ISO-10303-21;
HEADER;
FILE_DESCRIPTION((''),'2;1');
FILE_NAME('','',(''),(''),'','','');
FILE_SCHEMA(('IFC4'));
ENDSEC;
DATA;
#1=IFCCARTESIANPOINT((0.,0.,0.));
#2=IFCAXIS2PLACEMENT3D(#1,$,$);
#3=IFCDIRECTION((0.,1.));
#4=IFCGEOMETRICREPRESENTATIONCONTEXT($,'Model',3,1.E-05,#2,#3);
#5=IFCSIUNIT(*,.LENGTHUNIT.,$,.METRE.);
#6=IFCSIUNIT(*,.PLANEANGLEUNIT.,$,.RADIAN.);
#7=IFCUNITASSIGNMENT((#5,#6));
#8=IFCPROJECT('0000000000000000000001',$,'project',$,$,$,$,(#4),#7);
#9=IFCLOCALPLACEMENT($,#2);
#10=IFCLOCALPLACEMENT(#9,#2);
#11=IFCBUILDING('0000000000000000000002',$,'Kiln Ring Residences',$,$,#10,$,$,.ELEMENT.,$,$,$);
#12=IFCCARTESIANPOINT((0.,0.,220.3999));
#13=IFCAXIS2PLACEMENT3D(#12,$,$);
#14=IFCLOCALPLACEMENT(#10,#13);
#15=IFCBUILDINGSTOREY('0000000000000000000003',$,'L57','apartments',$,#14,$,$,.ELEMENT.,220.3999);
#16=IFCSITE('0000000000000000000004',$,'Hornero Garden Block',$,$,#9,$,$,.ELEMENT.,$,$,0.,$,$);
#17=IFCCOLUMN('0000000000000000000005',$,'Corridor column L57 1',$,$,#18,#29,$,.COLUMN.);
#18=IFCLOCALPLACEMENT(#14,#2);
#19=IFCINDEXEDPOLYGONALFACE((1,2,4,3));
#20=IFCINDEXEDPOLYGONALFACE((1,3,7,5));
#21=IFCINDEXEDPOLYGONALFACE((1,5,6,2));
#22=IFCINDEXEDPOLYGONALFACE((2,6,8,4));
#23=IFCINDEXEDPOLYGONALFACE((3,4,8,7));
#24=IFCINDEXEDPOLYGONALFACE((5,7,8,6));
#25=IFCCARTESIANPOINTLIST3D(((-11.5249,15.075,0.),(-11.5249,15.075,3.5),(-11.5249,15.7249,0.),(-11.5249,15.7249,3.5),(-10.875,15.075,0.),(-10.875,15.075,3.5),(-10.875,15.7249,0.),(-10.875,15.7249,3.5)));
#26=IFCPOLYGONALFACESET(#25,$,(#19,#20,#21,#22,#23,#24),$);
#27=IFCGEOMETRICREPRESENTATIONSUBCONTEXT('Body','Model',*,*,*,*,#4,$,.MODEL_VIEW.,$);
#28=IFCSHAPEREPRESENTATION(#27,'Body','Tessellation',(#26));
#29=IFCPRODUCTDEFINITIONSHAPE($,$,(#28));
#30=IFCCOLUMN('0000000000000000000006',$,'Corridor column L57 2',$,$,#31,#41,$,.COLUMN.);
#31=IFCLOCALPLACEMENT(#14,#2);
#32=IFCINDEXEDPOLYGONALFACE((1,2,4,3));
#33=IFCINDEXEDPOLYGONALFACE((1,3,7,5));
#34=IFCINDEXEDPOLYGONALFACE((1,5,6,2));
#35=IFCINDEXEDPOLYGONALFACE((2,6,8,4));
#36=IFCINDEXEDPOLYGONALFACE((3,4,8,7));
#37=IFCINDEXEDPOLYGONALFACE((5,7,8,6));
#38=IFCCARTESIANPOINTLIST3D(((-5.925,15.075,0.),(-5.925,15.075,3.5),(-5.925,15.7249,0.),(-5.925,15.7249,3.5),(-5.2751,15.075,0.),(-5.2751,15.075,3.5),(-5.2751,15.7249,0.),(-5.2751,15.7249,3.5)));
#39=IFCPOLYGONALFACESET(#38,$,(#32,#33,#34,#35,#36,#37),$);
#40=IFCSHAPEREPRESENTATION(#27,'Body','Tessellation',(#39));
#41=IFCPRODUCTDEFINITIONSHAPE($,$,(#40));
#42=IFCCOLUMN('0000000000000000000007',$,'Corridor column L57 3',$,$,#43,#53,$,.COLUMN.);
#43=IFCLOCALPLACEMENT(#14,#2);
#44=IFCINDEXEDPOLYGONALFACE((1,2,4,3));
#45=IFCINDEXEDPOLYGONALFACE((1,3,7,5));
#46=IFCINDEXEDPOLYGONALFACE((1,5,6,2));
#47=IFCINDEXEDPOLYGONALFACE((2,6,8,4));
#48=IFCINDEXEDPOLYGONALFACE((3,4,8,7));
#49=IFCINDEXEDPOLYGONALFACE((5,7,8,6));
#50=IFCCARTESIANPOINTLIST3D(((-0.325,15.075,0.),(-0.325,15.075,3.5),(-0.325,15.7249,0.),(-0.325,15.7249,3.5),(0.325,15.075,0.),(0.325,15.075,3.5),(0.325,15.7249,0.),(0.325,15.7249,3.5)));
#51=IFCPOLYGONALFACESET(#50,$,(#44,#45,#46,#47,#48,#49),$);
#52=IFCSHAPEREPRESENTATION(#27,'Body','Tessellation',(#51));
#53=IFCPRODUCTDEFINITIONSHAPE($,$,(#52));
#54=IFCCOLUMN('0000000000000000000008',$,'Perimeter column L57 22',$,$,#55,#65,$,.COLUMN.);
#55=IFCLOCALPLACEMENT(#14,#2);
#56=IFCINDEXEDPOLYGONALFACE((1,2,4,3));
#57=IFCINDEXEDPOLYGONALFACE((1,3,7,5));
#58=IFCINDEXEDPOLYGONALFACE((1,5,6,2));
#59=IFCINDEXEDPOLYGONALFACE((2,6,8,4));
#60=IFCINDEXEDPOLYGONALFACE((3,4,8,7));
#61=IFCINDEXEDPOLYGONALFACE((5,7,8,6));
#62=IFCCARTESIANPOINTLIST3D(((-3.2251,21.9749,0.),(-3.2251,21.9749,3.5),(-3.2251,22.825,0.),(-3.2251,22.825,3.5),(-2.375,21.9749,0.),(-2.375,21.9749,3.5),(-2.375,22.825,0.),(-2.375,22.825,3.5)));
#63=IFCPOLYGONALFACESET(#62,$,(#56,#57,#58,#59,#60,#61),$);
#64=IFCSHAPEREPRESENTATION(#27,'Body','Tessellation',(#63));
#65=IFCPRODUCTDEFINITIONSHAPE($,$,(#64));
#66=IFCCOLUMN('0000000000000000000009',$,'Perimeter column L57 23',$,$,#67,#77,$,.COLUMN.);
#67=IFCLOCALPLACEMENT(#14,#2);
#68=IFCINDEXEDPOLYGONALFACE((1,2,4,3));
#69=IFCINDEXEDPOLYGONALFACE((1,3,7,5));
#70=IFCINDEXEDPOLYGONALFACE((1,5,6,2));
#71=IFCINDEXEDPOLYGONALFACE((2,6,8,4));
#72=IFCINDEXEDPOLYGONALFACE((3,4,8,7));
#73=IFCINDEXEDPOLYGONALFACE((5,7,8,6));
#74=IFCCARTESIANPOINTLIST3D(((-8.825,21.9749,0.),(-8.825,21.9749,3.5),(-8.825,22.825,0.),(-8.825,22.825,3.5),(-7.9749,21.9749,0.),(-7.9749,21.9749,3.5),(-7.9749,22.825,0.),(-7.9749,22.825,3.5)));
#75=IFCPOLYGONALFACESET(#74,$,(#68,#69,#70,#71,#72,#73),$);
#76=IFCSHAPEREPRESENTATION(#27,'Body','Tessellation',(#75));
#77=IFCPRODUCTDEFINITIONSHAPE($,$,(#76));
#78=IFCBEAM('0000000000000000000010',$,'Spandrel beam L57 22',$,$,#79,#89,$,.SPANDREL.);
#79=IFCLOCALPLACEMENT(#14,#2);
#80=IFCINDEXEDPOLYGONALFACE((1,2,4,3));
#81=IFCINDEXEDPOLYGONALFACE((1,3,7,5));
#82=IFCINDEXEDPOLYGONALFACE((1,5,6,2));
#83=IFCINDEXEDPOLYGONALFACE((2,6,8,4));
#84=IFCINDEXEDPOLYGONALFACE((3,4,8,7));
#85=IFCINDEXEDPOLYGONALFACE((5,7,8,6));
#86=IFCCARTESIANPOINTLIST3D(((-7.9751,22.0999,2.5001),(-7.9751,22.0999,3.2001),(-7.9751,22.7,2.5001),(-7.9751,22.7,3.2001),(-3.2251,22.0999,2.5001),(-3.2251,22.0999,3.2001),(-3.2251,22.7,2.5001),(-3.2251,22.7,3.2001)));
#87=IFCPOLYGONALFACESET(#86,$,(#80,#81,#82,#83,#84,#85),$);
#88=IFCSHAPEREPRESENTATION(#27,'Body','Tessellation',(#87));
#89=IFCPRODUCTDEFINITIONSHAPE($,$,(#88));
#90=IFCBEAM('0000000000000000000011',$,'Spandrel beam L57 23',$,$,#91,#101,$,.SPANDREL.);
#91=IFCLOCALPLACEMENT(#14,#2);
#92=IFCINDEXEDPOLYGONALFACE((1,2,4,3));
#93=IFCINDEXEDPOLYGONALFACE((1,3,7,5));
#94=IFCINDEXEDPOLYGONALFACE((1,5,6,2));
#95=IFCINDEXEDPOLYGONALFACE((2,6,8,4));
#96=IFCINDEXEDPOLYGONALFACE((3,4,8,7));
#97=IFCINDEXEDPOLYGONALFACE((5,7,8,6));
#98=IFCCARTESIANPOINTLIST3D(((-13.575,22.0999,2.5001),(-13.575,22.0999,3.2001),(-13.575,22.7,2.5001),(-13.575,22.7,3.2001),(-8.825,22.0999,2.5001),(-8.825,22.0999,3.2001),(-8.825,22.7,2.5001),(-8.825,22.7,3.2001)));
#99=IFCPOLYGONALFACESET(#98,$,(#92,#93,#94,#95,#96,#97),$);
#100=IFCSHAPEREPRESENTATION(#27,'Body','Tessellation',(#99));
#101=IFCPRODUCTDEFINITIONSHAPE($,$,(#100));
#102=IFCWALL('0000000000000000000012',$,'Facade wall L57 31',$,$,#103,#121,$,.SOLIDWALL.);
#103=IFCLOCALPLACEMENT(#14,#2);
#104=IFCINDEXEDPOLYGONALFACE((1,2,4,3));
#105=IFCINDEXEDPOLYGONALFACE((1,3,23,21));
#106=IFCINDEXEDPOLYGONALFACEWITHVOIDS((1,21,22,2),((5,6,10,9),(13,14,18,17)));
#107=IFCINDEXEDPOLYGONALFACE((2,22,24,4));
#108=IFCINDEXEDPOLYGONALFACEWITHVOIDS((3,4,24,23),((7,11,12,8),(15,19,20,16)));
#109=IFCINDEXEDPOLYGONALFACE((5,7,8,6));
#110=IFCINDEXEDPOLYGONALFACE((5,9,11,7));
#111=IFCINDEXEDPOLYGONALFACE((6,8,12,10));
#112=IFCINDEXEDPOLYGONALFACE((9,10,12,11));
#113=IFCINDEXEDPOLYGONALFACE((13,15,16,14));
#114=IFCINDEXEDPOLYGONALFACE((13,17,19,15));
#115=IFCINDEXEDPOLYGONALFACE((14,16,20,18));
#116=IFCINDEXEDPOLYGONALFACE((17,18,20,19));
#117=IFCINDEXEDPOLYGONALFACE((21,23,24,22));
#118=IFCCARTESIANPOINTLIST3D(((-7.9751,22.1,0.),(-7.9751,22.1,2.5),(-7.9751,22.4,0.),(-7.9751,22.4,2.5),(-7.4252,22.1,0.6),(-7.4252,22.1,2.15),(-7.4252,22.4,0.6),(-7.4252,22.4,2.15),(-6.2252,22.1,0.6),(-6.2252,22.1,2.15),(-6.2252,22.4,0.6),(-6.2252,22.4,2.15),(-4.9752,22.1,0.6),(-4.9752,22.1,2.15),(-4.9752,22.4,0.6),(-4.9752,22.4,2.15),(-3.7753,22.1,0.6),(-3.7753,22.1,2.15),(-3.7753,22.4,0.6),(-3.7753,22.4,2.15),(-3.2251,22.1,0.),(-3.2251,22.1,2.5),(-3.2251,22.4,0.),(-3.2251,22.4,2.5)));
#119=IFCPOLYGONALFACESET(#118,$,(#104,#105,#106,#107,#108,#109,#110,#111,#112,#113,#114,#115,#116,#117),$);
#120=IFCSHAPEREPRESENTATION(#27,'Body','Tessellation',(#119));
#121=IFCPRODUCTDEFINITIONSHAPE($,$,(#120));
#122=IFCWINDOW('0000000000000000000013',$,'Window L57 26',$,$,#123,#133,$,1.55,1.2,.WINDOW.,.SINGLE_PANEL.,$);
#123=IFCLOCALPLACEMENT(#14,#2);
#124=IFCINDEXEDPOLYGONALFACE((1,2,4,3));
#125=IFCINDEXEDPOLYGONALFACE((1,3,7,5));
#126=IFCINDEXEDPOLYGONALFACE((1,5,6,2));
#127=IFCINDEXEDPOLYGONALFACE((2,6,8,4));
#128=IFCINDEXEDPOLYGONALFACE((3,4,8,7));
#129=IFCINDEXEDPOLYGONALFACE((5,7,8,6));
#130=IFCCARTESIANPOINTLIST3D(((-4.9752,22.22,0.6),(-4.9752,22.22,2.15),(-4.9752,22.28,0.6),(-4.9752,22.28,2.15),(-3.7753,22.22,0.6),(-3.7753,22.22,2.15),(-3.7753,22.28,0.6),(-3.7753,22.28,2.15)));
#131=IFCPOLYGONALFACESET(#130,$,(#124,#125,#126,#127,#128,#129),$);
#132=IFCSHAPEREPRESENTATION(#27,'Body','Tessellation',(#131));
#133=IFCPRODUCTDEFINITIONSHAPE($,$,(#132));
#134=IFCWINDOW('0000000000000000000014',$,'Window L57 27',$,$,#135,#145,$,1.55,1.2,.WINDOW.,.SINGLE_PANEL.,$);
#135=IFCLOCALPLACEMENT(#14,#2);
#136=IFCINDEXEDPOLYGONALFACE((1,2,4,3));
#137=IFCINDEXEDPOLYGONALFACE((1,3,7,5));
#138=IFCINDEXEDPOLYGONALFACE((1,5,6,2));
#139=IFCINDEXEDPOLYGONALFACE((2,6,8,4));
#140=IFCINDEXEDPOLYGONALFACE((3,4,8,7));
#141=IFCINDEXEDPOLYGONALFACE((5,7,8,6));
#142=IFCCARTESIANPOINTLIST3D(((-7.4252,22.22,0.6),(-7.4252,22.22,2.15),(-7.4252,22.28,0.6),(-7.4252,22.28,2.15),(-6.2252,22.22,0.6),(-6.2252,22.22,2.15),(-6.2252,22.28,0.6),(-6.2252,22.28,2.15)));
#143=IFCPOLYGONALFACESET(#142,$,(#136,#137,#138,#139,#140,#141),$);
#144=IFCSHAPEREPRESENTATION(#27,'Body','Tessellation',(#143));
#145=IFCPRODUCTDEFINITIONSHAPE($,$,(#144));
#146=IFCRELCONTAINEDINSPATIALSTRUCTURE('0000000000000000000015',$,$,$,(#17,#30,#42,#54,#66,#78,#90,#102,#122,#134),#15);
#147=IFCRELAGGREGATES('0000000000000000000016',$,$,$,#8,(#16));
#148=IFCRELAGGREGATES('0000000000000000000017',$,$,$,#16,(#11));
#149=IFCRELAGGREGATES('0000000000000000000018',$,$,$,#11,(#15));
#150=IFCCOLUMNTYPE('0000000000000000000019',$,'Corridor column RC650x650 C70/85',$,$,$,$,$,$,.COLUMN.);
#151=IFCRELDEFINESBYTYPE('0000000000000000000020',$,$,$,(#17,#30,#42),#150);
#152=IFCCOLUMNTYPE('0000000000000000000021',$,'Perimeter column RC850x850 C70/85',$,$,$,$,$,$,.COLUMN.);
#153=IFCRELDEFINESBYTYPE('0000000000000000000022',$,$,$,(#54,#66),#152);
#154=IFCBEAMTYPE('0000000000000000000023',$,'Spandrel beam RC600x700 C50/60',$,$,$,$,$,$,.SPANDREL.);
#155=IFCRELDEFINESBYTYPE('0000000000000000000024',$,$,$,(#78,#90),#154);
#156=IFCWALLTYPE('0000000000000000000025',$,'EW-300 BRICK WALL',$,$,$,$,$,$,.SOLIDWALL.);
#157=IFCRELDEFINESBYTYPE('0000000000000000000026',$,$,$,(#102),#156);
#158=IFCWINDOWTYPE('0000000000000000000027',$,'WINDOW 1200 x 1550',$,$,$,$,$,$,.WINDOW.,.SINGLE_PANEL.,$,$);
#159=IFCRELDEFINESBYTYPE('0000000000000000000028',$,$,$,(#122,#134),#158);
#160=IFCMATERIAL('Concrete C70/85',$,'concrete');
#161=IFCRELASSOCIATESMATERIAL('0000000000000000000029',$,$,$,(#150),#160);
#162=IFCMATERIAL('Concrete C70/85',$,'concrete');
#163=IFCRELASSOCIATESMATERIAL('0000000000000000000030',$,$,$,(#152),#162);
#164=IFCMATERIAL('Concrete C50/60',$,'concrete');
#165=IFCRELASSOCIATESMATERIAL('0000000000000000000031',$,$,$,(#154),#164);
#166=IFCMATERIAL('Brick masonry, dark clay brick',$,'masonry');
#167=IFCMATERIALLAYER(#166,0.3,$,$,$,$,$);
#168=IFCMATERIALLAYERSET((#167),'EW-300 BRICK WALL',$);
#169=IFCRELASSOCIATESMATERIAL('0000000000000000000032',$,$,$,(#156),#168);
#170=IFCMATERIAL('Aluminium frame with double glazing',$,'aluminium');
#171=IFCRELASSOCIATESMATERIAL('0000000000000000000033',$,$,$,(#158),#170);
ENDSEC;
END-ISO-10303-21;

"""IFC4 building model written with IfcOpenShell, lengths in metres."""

from ifc_helpers import new_model, si_unit, direction, frame, frame_2d, origin, origin_2d, place, context, subcontext, project, spatial, rectangle, extrude, material, layer, layer_set, material_profile, profile_set, type_object, element, fill, save


model = new_model("IFC4")

# Units and contexts
model_context = context("Model", 3, precision=1e-05, world=origin(), true_north=direction((0.0, 1.0)))
body_context = subcontext(model_context, "Body", "Model", "MODEL_VIEW")
ifc_project = project(units=[si_unit("LENGTHUNIT", "METRE"), si_unit("PLANEANGLEUNIT", "RADIAN")], contexts=[model_context])

# Site, building, storey
site_placement = place(None, origin())
site = spatial("IfcSite", under=ifc_project, at=site_placement, Name="Hornero Garden Block", CompositionType="ELEMENT", RefElevation=0.0)
building_placement = place(site_placement, origin())
building = spatial("IfcBuilding", under=site, at=building_placement, Name="Kiln Ring Residences", CompositionType="ELEMENT")
storey_placement = place(building_placement, frame((0.0, 0.0, 220.3999)))
storey = spatial("IfcBuildingStorey", under=building, at=storey_placement, Name="L57", Description="apartments", CompositionType="ELEMENT", Elevation=220.3999)

# Columns
ifc_material_1 = material(Name="Concrete C70/85", Category="concrete")
ifc_material_profile_1 = material_profile(ifc_material_1, rectangle(XDim=0.6499, YDim=0.6499, at=origin_2d()), Name="RC650x650")
ifc_profile_set_1 = profile_set([ifc_material_profile_1], Name="Concrete C70/85")
column_type_1 = type_object("IfcColumnType", Name="Corridor column RC650x650 C70/85", PredefinedType="COLUMN", material=ifc_profile_set_1)
for number, where, z_axis, x_axis, name in (
    (1, (-11.2, 15.3999, 0.0), (0.0, 0.0, 1.0), (1.0, 0.0, 0.0), "Corridor column L57 1"),
    (2, (-5.6001, 15.3999, 0.0), (0.0, 0.0, 1.0), (1.0, 0.0, 0.0), "Corridor column L57 2"),
    (3, (0.0, 15.3999, 0.0), (0.0, 0.0, 1.0), (1.0, 0.0, 0.0), "Corridor column L57 3"),
):
    element("IfcColumn", number, at=place(storey_placement, frame(where, z_axis=z_axis, x_axis=x_axis)), inside=storey, type_object=column_type_1, Name=name, PredefinedType="COLUMN", context=body_context, shape_type="SweptSolid", body=[
        extrude(rectangle(XDim=0.6499, YDim=0.6499, at=origin_2d()), origin(), (0.0, 0.0, 1.0), 3.5),
    ])
ifc_material_2 = material(Name="Concrete C70/85", Category="concrete")
ifc_material_profile_2 = material_profile(ifc_material_2, rectangle(XDim=0.8501, YDim=0.8501, at=origin_2d()), Name="RC850x850")
ifc_profile_set_2 = profile_set([ifc_material_profile_2], Name="Concrete C70/85")
column_type_2 = type_object("IfcColumnType", Name="Perimeter column RC850x850 C70/85", PredefinedType="COLUMN", material=ifc_profile_set_2)
for number, where, z_axis, x_axis, name in (
    (4, (-2.8, 22.3999, 0.0), (0.0, 0.0, 1.0), (1.0, 0.0, 0.0), "Perimeter column L57 22"),
    (5, (-8.3999, 22.3999, 0.0), (0.0, 0.0, 1.0), (1.0, 0.0, 0.0), "Perimeter column L57 23"),
):
    element("IfcColumn", number, at=place(storey_placement, frame(where, z_axis=z_axis, x_axis=x_axis)), inside=storey, type_object=column_type_2, Name=name, PredefinedType="COLUMN", context=body_context, shape_type="SweptSolid", body=[
        extrude(rectangle(XDim=0.8501, YDim=0.8501, at=origin_2d()), origin(), (0.0, 0.0, 1.0), 3.5),
    ])

# Beams
ifc_material_3 = material(Name="Concrete C50/60", Category="concrete")
ifc_material_profile_3 = material_profile(ifc_material_3, rectangle(XDim=0.6001, YDim=0.7, at=origin_2d()), Name="RC600x700")
ifc_profile_set_3 = profile_set([ifc_material_profile_3], Name="Concrete C50/60")
beam_type = type_object("IfcBeamType", Name="Spandrel beam RC600x700 C50/60", PredefinedType="SPANDREL", material=ifc_profile_set_3)
for number, where, z_axis, x_axis, name in (
    (6, (-3.2251, 22.3999, 2.8501), (-1.0, 0.0, 0.0), (0.0, -1.0, 0.0), "Spandrel beam L57 22"),
    (7, (-8.825, 22.3999, 2.8501), (-1.0, 0.0, 0.0), (0.0, -1.0, 0.0), "Spandrel beam L57 23"),
):
    element("IfcBeam", number, at=place(storey_placement, frame(where, z_axis=z_axis, x_axis=x_axis)), inside=storey, type_object=beam_type, Name=name, PredefinedType="SPANDREL", context=body_context, shape_type="SweptSolid", body=[
        extrude(rectangle(XDim=0.6001, YDim=0.7, at=origin_2d()), origin(), (0.0, 0.0, 1.0), 4.75),
    ])

# Wall, openings, windows
ifc_material_4 = material(Name="Brick masonry, dark clay brick", Category="masonry")
ifc_layer_1 = layer(ifc_material_4, 0.3)
ifc_layer_set_1 = layer_set([ifc_layer_1], Name="EW-300 BRICK WALL")
wall_type_1 = type_object("IfcWallType", Name="EW-300 BRICK WALL", PredefinedType="SOLIDWALL", material=ifc_layer_set_1)
wall_1_placement = place(storey_placement, frame((-3.2251, 22.25, 0.0), z_axis=(0.0, 0.0, 1.0), x_axis=(-1.0, 0.0, 0.0)))
wall_1 = element("IfcWall", 8, at=wall_1_placement, inside=storey, type_object=wall_type_1, Name="Facade wall L57 31", PredefinedType="SOLIDWALL", context=body_context, shape_type="SweptSolid", body=[
    extrude(rectangle(XDim=4.75, YDim=0.3, at=frame_2d((2.375, 0.0))), origin(), (0.0, 0.0, 1.0), 2.5),
])
opening_1_placement = place(wall_1_placement, frame((0.55, 0.0, 0.6001)))
opening_1 = element("IfcOpeningElement", 9, at=opening_1_placement, cuts=wall_1, PredefinedType="OPENING", context=body_context, shape_type="SweptSolid", body=[
    extrude(rectangle(XDim=1.2, YDim=1.55, at=frame_2d((0.6001, 0.7749))), frame((0.0, 0.1599, 0.0), z_axis=(0.0, -1.0, 0.0), x_axis=(1.0, 0.0, 0.0)), (0.0, 0.0, 1.0), 0.3201),
])
opening_2_placement = place(wall_1_placement, frame((3.0, 0.0, 0.6001)))
opening_2 = element("IfcOpeningElement", 10, at=opening_2_placement, cuts=wall_1, PredefinedType="OPENING", context=body_context, shape_type="SweptSolid", body=[
    extrude(rectangle(XDim=1.2, YDim=1.55, at=frame_2d((0.6001, 0.7749))), frame((0.0, 0.1599, 0.0), z_axis=(0.0, -1.0, 0.0), x_axis=(1.0, 0.0, 0.0)), (0.0, 0.0, 1.0), 0.3201),
])
ifc_material_5 = material(Name="Aluminium frame with double glazing", Category="aluminium")
window_type_1 = type_object("IfcWindowType", Name="WINDOW 1200 x 1550", PartitioningType="SINGLE_PANEL", PredefinedType="WINDOW", material=ifc_material_5)
window_1_placement = place(opening_1_placement, origin())
window_1 = element("IfcWindow", 11, at=window_1_placement, inside=storey, type_object=window_type_1, Name="Window L57 26", OverallHeight=1.55, OverallWidth=1.2, PartitioningType="SINGLE_PANEL", PredefinedType="WINDOW", context=body_context, shape_type="SweptSolid", body=[
    extrude(rectangle(XDim=1.2, YDim=1.55, at=frame_2d((0.6001, 0.7749))), frame((0.0, 0.03, 0.0), z_axis=(0.0, -1.0, 0.0), x_axis=(1.0, 0.0, 0.0)), (0.0, 0.0, 1.0), 0.0601),
])
fill(opening_1, window_1)
window_2_placement = place(opening_2_placement, origin())
window_2 = element("IfcWindow", 12, at=window_2_placement, inside=storey, type_object=window_type_1, Name="Window L57 27", OverallHeight=1.55, OverallWidth=1.2, PartitioningType="SINGLE_PANEL", PredefinedType="WINDOW", context=body_context, shape_type="SweptSolid", body=[
    extrude(rectangle(XDim=1.2, YDim=1.55, at=frame_2d((0.6001, 0.7749))), frame((0.0, 0.03, 0.0), z_axis=(0.0, -1.0, 0.0), x_axis=(1.0, 0.0, 0.0)), (0.0, 0.0, 1.0), 0.0601),
])
fill(opening_2, window_2)

save(model, "model.ifc")
